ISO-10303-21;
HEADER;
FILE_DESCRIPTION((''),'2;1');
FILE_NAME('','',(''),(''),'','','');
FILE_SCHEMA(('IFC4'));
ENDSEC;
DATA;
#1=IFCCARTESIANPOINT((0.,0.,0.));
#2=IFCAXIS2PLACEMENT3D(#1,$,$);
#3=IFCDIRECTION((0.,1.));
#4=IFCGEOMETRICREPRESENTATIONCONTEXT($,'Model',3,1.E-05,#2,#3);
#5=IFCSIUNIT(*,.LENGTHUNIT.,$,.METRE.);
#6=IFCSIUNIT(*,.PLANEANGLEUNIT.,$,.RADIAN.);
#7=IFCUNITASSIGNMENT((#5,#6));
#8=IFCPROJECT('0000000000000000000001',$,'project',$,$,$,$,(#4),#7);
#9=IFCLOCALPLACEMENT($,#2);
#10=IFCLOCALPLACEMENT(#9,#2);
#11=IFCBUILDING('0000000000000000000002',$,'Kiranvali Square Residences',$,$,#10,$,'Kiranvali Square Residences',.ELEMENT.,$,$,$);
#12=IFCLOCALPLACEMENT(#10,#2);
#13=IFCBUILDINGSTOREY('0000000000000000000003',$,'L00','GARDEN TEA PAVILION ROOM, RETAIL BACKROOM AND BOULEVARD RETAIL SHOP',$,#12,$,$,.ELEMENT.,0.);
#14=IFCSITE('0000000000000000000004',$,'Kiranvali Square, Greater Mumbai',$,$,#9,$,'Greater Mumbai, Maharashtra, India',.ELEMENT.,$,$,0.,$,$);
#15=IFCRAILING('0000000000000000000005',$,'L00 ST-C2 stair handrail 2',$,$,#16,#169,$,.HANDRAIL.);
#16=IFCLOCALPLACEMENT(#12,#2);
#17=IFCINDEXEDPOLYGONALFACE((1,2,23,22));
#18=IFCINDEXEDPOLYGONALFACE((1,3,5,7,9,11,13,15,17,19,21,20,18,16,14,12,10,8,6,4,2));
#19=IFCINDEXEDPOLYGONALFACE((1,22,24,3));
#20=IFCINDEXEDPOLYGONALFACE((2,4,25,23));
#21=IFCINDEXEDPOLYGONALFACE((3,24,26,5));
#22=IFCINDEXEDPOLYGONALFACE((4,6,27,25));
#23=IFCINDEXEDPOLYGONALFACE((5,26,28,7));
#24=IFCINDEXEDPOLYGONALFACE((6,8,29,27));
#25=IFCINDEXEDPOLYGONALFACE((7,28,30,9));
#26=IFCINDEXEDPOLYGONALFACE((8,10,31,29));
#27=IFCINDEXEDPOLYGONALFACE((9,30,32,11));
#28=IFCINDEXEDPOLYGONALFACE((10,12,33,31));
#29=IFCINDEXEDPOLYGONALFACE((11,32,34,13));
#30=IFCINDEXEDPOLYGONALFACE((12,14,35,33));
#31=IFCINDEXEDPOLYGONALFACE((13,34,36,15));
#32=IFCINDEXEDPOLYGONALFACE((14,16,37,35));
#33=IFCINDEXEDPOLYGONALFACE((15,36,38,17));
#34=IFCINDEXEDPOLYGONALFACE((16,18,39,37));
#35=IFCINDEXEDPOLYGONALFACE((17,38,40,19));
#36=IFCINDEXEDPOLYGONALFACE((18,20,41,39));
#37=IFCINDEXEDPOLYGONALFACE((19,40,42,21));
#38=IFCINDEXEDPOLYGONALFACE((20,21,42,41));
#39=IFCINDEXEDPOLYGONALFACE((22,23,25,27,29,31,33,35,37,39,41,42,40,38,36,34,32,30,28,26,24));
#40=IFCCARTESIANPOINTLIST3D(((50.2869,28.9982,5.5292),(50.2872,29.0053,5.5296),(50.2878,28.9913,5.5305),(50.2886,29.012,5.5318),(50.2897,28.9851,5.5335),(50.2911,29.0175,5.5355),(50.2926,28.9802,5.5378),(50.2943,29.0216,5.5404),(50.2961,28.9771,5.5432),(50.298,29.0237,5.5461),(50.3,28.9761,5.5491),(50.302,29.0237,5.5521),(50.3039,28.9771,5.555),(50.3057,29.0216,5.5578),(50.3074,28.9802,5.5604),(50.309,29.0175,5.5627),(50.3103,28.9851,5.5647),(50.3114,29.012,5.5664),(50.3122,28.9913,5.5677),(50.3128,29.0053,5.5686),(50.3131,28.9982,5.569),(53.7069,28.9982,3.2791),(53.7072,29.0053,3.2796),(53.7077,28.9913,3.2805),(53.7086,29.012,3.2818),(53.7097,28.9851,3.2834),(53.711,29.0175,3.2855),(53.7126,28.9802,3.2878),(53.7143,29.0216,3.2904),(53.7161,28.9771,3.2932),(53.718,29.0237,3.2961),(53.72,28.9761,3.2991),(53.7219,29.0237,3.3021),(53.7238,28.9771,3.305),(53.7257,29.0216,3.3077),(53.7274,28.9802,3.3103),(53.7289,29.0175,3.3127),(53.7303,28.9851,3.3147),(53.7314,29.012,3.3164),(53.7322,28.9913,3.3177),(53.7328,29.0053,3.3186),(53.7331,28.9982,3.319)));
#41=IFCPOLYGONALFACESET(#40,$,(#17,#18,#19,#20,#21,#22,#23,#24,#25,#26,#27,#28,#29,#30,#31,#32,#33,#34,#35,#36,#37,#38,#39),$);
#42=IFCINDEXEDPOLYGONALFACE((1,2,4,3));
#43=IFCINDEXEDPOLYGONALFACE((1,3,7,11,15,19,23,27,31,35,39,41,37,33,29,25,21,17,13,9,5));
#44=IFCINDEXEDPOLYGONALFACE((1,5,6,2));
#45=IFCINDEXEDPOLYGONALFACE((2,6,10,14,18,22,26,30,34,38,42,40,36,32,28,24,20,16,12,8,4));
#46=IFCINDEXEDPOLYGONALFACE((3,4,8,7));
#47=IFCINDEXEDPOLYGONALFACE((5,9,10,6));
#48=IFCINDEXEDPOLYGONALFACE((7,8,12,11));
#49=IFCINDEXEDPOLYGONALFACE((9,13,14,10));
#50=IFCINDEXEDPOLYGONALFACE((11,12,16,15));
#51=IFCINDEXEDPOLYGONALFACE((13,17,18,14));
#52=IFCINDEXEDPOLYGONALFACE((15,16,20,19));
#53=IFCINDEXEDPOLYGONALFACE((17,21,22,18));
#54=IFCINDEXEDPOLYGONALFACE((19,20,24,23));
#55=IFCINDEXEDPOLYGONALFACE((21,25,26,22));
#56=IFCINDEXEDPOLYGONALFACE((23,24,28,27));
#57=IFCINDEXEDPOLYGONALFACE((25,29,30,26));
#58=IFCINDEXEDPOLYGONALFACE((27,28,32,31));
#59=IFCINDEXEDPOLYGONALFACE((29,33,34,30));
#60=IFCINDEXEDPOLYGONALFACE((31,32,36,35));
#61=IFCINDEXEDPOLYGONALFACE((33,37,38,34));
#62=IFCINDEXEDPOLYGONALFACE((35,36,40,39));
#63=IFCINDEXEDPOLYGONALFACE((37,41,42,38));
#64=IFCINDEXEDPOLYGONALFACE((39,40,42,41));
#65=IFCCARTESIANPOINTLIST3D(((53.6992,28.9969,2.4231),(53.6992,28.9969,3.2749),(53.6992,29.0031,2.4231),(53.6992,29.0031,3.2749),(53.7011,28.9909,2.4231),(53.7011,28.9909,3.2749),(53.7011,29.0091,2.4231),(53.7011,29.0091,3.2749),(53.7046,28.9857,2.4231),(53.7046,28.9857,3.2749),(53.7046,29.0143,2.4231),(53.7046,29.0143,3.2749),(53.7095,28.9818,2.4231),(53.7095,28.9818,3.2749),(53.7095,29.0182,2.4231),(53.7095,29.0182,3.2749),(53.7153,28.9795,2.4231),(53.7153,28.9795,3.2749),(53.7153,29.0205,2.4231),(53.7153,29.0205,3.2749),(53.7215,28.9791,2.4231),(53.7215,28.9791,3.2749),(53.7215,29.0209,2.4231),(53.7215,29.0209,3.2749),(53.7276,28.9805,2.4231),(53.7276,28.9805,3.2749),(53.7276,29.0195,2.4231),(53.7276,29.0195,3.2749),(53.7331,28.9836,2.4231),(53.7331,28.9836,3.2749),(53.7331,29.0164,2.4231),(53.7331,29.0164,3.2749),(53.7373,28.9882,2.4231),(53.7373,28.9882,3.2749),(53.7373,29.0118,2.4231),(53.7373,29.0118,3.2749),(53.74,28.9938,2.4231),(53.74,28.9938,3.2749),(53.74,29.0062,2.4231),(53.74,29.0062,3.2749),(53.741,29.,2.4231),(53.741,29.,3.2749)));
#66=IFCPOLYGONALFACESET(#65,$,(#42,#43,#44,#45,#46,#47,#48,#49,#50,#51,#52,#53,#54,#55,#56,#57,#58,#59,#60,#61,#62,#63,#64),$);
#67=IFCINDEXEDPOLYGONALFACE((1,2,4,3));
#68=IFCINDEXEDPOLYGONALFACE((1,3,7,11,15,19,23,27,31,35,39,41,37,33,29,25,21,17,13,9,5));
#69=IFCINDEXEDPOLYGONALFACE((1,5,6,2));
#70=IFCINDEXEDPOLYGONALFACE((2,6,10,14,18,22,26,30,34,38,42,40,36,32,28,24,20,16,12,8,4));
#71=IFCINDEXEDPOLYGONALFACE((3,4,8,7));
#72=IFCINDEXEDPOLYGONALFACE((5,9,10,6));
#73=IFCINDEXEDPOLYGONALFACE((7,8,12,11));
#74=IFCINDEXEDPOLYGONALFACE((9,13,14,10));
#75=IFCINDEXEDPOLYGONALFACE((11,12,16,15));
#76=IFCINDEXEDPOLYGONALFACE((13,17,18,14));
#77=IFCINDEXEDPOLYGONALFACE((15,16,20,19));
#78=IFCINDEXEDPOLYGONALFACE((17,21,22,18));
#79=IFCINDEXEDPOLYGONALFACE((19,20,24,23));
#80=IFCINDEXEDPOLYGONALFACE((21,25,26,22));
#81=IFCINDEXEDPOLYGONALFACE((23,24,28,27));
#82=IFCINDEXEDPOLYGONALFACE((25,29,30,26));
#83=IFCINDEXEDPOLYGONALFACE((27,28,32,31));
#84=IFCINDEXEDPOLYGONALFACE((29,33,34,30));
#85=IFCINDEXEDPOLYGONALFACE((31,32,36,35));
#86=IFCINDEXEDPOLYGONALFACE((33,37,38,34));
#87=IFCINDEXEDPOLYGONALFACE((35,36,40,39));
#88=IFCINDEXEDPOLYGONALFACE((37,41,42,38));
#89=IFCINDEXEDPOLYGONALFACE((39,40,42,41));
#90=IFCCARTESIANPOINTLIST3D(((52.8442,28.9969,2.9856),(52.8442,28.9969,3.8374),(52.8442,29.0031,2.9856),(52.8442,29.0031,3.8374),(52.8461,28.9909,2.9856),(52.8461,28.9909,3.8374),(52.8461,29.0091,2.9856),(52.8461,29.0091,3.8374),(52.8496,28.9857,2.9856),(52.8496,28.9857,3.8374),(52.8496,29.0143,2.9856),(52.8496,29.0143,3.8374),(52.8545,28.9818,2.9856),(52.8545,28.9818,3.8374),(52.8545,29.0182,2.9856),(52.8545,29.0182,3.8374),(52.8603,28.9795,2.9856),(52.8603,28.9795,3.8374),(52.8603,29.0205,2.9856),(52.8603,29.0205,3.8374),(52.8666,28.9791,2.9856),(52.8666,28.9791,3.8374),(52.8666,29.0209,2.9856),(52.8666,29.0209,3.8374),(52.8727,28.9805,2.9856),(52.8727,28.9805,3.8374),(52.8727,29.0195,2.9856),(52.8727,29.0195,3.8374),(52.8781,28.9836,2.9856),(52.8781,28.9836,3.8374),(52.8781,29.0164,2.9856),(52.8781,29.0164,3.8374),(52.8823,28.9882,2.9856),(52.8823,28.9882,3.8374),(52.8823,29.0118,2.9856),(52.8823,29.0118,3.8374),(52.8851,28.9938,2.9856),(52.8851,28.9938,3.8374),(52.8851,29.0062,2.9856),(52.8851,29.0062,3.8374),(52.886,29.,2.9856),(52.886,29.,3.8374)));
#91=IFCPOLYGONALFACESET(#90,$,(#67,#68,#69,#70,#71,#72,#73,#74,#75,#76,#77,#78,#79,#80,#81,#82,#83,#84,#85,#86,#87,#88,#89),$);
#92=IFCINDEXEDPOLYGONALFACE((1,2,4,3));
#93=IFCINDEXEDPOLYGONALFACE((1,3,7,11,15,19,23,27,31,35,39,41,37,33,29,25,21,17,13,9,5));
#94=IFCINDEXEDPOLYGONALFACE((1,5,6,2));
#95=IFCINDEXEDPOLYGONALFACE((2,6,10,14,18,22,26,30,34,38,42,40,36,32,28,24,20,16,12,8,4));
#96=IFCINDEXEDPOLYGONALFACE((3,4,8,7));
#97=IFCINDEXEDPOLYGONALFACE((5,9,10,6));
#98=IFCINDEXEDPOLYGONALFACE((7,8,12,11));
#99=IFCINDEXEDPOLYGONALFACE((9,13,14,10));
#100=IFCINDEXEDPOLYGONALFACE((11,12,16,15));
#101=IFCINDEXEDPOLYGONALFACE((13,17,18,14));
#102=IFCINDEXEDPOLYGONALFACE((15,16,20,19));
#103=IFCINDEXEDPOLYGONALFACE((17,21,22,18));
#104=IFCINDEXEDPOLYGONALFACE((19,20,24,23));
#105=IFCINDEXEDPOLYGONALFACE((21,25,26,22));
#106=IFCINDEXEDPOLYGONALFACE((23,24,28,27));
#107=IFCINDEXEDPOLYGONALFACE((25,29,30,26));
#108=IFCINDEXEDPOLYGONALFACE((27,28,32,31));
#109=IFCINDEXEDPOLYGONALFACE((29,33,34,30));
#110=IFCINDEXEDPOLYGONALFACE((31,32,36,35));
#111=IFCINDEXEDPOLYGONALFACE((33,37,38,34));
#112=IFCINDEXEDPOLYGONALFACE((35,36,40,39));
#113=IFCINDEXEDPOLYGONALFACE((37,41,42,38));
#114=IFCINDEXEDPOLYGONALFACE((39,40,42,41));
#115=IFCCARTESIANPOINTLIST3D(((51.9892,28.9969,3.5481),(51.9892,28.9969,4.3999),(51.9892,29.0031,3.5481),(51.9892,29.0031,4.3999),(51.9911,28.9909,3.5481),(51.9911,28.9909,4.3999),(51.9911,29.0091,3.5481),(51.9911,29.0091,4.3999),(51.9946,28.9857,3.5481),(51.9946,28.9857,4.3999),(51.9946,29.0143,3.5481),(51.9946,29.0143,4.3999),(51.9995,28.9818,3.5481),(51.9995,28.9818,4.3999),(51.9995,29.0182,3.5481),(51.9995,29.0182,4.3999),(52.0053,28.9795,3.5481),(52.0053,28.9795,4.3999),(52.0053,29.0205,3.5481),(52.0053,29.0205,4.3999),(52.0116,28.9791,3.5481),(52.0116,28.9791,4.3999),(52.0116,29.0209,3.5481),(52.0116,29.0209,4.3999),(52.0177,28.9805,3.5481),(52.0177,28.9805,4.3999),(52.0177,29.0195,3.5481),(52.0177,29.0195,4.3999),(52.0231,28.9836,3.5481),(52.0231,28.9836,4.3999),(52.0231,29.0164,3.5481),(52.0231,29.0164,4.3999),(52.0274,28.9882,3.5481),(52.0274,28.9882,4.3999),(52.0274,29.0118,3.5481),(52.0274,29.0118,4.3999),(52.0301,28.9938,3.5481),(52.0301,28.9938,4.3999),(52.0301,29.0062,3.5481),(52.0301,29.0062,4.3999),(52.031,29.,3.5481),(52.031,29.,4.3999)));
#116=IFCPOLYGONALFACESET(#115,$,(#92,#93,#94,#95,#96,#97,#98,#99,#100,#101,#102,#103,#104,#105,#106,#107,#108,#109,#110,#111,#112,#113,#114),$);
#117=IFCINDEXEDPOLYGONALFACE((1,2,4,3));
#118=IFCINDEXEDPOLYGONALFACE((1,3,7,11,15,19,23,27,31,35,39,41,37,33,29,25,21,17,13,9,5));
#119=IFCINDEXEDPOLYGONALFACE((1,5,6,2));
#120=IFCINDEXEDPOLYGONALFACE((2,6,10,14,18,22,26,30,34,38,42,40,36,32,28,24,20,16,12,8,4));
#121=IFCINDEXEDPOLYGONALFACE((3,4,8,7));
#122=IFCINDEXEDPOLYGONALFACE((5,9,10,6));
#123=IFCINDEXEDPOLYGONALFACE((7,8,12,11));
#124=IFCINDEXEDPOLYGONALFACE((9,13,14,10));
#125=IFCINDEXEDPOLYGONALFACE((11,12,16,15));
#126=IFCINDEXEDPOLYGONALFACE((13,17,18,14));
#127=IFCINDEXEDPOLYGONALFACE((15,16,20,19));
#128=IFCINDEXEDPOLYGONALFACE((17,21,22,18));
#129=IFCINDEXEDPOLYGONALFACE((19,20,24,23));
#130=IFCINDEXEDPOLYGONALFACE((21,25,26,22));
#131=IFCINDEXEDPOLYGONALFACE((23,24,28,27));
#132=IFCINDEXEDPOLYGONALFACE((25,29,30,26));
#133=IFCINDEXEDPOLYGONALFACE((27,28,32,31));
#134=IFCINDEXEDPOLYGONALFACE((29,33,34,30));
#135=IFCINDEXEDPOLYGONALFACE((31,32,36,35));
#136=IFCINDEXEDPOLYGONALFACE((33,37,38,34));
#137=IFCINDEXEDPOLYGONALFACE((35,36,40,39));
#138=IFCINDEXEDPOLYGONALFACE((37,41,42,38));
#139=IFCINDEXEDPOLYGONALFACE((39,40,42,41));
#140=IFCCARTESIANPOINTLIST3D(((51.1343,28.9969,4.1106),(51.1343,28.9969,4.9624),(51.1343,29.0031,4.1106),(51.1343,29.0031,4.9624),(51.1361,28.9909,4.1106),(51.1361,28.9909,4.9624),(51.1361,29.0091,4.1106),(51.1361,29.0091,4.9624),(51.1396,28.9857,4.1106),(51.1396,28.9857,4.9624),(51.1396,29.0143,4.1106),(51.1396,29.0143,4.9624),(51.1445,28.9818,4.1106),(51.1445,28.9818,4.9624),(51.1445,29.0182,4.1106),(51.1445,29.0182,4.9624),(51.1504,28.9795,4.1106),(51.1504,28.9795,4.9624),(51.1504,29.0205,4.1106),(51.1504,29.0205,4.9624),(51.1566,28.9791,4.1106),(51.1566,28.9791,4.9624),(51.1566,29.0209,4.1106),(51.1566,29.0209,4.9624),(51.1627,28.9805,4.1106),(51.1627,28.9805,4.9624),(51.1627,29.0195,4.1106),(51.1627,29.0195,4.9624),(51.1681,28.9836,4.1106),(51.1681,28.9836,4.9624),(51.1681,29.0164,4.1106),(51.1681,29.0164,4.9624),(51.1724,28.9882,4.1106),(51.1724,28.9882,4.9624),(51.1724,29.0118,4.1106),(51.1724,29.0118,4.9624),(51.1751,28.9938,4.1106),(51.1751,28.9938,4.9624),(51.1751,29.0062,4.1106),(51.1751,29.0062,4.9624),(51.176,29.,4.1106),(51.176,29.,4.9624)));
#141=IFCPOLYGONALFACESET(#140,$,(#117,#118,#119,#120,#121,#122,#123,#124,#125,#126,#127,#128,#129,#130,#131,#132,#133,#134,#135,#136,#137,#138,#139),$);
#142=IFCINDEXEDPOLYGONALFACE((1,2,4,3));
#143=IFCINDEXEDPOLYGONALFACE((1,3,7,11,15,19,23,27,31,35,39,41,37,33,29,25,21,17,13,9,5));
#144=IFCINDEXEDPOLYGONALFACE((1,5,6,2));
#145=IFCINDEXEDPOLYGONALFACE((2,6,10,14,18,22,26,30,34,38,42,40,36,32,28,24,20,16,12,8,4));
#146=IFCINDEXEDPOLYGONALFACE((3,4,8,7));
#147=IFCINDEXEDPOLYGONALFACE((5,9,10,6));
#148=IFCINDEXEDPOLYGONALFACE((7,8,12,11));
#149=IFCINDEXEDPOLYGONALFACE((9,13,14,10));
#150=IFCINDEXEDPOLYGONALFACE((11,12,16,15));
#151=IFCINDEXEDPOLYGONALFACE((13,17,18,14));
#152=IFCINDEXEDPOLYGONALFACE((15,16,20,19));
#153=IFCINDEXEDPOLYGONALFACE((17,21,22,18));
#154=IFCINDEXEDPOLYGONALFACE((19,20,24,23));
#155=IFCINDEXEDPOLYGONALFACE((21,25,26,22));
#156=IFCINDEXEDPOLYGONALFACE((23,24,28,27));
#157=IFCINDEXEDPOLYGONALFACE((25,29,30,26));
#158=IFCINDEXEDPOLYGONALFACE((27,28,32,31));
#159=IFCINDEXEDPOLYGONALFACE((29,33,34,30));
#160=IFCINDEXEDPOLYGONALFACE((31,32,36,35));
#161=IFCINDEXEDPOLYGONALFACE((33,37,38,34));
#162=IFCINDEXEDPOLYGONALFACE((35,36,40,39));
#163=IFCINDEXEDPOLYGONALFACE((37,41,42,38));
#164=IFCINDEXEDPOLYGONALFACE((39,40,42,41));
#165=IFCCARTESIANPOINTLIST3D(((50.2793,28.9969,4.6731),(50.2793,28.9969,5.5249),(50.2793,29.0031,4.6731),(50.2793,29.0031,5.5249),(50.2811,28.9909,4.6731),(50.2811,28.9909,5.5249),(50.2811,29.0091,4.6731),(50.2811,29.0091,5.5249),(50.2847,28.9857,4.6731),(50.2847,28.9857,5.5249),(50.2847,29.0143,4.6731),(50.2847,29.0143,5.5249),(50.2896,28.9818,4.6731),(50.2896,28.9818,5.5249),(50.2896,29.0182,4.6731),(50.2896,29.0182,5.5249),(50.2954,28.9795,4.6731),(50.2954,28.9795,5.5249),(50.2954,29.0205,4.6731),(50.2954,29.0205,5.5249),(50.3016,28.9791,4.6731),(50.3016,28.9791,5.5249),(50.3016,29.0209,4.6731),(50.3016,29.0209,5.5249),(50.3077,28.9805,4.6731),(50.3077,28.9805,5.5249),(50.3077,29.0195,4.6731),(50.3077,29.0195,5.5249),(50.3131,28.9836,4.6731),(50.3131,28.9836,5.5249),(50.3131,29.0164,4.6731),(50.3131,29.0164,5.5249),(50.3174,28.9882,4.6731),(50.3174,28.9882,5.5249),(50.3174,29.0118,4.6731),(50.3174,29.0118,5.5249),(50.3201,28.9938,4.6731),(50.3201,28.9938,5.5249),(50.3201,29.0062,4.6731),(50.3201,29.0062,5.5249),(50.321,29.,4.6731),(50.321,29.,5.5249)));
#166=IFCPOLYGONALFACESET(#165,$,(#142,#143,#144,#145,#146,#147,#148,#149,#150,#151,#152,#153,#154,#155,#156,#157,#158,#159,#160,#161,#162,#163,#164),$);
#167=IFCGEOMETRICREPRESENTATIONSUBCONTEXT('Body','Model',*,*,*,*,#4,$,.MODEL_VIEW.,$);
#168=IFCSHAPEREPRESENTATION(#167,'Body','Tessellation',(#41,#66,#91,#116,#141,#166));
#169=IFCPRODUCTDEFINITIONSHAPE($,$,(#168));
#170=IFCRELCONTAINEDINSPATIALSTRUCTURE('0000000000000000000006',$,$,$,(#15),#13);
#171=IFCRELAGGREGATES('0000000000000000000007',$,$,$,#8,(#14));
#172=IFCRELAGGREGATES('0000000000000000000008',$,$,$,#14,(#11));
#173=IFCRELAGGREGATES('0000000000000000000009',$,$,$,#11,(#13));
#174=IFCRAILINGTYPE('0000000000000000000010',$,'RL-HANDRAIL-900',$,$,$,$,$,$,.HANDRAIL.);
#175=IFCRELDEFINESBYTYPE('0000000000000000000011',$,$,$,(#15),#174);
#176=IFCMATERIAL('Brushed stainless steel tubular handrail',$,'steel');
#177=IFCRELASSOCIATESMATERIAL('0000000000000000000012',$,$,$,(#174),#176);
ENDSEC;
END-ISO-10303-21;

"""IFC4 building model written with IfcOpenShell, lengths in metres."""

from ifc_helpers import new_model, si_unit, direction, frame, origin, origin_2d, place, context, subcontext, project, spatial, circle, extrude, material, type_object, element, save


model = new_model("IFC4")

# Units and contexts
model_context = context("Model", 3, precision=1e-05, world=origin(), true_north=direction((0.0, 1.0)))
body_context = subcontext(model_context, "Body", "Model", "MODEL_VIEW")
ifc_project = project(units=[si_unit("LENGTHUNIT", "METRE"), si_unit("PLANEANGLEUNIT", "RADIAN")], contexts=[model_context])

# Site, building, storey
site_placement = place(None, origin())
site = spatial("IfcSite", under=ifc_project, at=site_placement, Name="Kiranvali Square, Greater Mumbai", LongName="Greater Mumbai, Maharashtra, India", CompositionType="ELEMENT", RefElevation=0.0)
building_placement = place(site_placement, origin())
building = spatial("IfcBuilding", under=site, at=building_placement, Name="Kiranvali Square Residences", LongName="Kiranvali Square Residences", CompositionType="ELEMENT")
storey_placement = place(building_placement, origin())
storey = spatial("IfcBuildingStorey", under=building, at=storey_placement, Name="L00", Description="GARDEN TEA PAVILION ROOM, RETAIL BACKROOM AND BOULEVARD RETAIL SHOP", CompositionType="ELEMENT", Elevation=0.0)

# Railing
ifc_material_1 = material(Name="Brushed stainless steel tubular handrail", Category="steel")
railing_type_1 = type_object("IfcRailingType", Name="RL-HANDRAIL-900", PredefinedType="HANDRAIL", material=ifc_material_1)
railing_1_placement = place(storey_placement, frame((53.72, 29.0, 2.4231)))
element("IfcRailing", 1, at=railing_1_placement, inside=storey, type_object=railing_type_1, Name="L00 ST-C2 stair handrail 2", PredefinedType="HANDRAIL", context=body_context, shape_type="SweptSolid", body=[
    extrude(circle(Radius=0.0239, at=origin_2d()), frame((0.0, 0.0, 0.876), z_axis=(-0.835411, 0.0, 0.549625), x_axis=(0.0, -1.0, 0.0)), (0.0, 0.0, 1.0), 4.0938),
    extrude(circle(Radius=0.021, at=origin_2d()), origin(), (0.0, 0.0, 1.0), 0.8518),
    extrude(circle(Radius=0.021, at=origin_2d()), frame((-0.855, 0.0, 0.5625)), (0.0, 0.0, 1.0), 0.8518),
    extrude(circle(Radius=0.021, at=origin_2d()), frame((-1.71, 0.0, 1.125)), (0.0, 0.0, 1.0), 0.8518),
    extrude(circle(Radius=0.021, at=origin_2d()), frame((-2.5649, 0.0, 1.6875)), (0.0, 0.0, 1.0), 0.8518),
    extrude(circle(Radius=0.021, at=origin_2d()), frame((-3.4199, 0.0, 2.25)), (0.0, 0.0, 1.0), 0.8518),
])

save(model, "model.ifc")
